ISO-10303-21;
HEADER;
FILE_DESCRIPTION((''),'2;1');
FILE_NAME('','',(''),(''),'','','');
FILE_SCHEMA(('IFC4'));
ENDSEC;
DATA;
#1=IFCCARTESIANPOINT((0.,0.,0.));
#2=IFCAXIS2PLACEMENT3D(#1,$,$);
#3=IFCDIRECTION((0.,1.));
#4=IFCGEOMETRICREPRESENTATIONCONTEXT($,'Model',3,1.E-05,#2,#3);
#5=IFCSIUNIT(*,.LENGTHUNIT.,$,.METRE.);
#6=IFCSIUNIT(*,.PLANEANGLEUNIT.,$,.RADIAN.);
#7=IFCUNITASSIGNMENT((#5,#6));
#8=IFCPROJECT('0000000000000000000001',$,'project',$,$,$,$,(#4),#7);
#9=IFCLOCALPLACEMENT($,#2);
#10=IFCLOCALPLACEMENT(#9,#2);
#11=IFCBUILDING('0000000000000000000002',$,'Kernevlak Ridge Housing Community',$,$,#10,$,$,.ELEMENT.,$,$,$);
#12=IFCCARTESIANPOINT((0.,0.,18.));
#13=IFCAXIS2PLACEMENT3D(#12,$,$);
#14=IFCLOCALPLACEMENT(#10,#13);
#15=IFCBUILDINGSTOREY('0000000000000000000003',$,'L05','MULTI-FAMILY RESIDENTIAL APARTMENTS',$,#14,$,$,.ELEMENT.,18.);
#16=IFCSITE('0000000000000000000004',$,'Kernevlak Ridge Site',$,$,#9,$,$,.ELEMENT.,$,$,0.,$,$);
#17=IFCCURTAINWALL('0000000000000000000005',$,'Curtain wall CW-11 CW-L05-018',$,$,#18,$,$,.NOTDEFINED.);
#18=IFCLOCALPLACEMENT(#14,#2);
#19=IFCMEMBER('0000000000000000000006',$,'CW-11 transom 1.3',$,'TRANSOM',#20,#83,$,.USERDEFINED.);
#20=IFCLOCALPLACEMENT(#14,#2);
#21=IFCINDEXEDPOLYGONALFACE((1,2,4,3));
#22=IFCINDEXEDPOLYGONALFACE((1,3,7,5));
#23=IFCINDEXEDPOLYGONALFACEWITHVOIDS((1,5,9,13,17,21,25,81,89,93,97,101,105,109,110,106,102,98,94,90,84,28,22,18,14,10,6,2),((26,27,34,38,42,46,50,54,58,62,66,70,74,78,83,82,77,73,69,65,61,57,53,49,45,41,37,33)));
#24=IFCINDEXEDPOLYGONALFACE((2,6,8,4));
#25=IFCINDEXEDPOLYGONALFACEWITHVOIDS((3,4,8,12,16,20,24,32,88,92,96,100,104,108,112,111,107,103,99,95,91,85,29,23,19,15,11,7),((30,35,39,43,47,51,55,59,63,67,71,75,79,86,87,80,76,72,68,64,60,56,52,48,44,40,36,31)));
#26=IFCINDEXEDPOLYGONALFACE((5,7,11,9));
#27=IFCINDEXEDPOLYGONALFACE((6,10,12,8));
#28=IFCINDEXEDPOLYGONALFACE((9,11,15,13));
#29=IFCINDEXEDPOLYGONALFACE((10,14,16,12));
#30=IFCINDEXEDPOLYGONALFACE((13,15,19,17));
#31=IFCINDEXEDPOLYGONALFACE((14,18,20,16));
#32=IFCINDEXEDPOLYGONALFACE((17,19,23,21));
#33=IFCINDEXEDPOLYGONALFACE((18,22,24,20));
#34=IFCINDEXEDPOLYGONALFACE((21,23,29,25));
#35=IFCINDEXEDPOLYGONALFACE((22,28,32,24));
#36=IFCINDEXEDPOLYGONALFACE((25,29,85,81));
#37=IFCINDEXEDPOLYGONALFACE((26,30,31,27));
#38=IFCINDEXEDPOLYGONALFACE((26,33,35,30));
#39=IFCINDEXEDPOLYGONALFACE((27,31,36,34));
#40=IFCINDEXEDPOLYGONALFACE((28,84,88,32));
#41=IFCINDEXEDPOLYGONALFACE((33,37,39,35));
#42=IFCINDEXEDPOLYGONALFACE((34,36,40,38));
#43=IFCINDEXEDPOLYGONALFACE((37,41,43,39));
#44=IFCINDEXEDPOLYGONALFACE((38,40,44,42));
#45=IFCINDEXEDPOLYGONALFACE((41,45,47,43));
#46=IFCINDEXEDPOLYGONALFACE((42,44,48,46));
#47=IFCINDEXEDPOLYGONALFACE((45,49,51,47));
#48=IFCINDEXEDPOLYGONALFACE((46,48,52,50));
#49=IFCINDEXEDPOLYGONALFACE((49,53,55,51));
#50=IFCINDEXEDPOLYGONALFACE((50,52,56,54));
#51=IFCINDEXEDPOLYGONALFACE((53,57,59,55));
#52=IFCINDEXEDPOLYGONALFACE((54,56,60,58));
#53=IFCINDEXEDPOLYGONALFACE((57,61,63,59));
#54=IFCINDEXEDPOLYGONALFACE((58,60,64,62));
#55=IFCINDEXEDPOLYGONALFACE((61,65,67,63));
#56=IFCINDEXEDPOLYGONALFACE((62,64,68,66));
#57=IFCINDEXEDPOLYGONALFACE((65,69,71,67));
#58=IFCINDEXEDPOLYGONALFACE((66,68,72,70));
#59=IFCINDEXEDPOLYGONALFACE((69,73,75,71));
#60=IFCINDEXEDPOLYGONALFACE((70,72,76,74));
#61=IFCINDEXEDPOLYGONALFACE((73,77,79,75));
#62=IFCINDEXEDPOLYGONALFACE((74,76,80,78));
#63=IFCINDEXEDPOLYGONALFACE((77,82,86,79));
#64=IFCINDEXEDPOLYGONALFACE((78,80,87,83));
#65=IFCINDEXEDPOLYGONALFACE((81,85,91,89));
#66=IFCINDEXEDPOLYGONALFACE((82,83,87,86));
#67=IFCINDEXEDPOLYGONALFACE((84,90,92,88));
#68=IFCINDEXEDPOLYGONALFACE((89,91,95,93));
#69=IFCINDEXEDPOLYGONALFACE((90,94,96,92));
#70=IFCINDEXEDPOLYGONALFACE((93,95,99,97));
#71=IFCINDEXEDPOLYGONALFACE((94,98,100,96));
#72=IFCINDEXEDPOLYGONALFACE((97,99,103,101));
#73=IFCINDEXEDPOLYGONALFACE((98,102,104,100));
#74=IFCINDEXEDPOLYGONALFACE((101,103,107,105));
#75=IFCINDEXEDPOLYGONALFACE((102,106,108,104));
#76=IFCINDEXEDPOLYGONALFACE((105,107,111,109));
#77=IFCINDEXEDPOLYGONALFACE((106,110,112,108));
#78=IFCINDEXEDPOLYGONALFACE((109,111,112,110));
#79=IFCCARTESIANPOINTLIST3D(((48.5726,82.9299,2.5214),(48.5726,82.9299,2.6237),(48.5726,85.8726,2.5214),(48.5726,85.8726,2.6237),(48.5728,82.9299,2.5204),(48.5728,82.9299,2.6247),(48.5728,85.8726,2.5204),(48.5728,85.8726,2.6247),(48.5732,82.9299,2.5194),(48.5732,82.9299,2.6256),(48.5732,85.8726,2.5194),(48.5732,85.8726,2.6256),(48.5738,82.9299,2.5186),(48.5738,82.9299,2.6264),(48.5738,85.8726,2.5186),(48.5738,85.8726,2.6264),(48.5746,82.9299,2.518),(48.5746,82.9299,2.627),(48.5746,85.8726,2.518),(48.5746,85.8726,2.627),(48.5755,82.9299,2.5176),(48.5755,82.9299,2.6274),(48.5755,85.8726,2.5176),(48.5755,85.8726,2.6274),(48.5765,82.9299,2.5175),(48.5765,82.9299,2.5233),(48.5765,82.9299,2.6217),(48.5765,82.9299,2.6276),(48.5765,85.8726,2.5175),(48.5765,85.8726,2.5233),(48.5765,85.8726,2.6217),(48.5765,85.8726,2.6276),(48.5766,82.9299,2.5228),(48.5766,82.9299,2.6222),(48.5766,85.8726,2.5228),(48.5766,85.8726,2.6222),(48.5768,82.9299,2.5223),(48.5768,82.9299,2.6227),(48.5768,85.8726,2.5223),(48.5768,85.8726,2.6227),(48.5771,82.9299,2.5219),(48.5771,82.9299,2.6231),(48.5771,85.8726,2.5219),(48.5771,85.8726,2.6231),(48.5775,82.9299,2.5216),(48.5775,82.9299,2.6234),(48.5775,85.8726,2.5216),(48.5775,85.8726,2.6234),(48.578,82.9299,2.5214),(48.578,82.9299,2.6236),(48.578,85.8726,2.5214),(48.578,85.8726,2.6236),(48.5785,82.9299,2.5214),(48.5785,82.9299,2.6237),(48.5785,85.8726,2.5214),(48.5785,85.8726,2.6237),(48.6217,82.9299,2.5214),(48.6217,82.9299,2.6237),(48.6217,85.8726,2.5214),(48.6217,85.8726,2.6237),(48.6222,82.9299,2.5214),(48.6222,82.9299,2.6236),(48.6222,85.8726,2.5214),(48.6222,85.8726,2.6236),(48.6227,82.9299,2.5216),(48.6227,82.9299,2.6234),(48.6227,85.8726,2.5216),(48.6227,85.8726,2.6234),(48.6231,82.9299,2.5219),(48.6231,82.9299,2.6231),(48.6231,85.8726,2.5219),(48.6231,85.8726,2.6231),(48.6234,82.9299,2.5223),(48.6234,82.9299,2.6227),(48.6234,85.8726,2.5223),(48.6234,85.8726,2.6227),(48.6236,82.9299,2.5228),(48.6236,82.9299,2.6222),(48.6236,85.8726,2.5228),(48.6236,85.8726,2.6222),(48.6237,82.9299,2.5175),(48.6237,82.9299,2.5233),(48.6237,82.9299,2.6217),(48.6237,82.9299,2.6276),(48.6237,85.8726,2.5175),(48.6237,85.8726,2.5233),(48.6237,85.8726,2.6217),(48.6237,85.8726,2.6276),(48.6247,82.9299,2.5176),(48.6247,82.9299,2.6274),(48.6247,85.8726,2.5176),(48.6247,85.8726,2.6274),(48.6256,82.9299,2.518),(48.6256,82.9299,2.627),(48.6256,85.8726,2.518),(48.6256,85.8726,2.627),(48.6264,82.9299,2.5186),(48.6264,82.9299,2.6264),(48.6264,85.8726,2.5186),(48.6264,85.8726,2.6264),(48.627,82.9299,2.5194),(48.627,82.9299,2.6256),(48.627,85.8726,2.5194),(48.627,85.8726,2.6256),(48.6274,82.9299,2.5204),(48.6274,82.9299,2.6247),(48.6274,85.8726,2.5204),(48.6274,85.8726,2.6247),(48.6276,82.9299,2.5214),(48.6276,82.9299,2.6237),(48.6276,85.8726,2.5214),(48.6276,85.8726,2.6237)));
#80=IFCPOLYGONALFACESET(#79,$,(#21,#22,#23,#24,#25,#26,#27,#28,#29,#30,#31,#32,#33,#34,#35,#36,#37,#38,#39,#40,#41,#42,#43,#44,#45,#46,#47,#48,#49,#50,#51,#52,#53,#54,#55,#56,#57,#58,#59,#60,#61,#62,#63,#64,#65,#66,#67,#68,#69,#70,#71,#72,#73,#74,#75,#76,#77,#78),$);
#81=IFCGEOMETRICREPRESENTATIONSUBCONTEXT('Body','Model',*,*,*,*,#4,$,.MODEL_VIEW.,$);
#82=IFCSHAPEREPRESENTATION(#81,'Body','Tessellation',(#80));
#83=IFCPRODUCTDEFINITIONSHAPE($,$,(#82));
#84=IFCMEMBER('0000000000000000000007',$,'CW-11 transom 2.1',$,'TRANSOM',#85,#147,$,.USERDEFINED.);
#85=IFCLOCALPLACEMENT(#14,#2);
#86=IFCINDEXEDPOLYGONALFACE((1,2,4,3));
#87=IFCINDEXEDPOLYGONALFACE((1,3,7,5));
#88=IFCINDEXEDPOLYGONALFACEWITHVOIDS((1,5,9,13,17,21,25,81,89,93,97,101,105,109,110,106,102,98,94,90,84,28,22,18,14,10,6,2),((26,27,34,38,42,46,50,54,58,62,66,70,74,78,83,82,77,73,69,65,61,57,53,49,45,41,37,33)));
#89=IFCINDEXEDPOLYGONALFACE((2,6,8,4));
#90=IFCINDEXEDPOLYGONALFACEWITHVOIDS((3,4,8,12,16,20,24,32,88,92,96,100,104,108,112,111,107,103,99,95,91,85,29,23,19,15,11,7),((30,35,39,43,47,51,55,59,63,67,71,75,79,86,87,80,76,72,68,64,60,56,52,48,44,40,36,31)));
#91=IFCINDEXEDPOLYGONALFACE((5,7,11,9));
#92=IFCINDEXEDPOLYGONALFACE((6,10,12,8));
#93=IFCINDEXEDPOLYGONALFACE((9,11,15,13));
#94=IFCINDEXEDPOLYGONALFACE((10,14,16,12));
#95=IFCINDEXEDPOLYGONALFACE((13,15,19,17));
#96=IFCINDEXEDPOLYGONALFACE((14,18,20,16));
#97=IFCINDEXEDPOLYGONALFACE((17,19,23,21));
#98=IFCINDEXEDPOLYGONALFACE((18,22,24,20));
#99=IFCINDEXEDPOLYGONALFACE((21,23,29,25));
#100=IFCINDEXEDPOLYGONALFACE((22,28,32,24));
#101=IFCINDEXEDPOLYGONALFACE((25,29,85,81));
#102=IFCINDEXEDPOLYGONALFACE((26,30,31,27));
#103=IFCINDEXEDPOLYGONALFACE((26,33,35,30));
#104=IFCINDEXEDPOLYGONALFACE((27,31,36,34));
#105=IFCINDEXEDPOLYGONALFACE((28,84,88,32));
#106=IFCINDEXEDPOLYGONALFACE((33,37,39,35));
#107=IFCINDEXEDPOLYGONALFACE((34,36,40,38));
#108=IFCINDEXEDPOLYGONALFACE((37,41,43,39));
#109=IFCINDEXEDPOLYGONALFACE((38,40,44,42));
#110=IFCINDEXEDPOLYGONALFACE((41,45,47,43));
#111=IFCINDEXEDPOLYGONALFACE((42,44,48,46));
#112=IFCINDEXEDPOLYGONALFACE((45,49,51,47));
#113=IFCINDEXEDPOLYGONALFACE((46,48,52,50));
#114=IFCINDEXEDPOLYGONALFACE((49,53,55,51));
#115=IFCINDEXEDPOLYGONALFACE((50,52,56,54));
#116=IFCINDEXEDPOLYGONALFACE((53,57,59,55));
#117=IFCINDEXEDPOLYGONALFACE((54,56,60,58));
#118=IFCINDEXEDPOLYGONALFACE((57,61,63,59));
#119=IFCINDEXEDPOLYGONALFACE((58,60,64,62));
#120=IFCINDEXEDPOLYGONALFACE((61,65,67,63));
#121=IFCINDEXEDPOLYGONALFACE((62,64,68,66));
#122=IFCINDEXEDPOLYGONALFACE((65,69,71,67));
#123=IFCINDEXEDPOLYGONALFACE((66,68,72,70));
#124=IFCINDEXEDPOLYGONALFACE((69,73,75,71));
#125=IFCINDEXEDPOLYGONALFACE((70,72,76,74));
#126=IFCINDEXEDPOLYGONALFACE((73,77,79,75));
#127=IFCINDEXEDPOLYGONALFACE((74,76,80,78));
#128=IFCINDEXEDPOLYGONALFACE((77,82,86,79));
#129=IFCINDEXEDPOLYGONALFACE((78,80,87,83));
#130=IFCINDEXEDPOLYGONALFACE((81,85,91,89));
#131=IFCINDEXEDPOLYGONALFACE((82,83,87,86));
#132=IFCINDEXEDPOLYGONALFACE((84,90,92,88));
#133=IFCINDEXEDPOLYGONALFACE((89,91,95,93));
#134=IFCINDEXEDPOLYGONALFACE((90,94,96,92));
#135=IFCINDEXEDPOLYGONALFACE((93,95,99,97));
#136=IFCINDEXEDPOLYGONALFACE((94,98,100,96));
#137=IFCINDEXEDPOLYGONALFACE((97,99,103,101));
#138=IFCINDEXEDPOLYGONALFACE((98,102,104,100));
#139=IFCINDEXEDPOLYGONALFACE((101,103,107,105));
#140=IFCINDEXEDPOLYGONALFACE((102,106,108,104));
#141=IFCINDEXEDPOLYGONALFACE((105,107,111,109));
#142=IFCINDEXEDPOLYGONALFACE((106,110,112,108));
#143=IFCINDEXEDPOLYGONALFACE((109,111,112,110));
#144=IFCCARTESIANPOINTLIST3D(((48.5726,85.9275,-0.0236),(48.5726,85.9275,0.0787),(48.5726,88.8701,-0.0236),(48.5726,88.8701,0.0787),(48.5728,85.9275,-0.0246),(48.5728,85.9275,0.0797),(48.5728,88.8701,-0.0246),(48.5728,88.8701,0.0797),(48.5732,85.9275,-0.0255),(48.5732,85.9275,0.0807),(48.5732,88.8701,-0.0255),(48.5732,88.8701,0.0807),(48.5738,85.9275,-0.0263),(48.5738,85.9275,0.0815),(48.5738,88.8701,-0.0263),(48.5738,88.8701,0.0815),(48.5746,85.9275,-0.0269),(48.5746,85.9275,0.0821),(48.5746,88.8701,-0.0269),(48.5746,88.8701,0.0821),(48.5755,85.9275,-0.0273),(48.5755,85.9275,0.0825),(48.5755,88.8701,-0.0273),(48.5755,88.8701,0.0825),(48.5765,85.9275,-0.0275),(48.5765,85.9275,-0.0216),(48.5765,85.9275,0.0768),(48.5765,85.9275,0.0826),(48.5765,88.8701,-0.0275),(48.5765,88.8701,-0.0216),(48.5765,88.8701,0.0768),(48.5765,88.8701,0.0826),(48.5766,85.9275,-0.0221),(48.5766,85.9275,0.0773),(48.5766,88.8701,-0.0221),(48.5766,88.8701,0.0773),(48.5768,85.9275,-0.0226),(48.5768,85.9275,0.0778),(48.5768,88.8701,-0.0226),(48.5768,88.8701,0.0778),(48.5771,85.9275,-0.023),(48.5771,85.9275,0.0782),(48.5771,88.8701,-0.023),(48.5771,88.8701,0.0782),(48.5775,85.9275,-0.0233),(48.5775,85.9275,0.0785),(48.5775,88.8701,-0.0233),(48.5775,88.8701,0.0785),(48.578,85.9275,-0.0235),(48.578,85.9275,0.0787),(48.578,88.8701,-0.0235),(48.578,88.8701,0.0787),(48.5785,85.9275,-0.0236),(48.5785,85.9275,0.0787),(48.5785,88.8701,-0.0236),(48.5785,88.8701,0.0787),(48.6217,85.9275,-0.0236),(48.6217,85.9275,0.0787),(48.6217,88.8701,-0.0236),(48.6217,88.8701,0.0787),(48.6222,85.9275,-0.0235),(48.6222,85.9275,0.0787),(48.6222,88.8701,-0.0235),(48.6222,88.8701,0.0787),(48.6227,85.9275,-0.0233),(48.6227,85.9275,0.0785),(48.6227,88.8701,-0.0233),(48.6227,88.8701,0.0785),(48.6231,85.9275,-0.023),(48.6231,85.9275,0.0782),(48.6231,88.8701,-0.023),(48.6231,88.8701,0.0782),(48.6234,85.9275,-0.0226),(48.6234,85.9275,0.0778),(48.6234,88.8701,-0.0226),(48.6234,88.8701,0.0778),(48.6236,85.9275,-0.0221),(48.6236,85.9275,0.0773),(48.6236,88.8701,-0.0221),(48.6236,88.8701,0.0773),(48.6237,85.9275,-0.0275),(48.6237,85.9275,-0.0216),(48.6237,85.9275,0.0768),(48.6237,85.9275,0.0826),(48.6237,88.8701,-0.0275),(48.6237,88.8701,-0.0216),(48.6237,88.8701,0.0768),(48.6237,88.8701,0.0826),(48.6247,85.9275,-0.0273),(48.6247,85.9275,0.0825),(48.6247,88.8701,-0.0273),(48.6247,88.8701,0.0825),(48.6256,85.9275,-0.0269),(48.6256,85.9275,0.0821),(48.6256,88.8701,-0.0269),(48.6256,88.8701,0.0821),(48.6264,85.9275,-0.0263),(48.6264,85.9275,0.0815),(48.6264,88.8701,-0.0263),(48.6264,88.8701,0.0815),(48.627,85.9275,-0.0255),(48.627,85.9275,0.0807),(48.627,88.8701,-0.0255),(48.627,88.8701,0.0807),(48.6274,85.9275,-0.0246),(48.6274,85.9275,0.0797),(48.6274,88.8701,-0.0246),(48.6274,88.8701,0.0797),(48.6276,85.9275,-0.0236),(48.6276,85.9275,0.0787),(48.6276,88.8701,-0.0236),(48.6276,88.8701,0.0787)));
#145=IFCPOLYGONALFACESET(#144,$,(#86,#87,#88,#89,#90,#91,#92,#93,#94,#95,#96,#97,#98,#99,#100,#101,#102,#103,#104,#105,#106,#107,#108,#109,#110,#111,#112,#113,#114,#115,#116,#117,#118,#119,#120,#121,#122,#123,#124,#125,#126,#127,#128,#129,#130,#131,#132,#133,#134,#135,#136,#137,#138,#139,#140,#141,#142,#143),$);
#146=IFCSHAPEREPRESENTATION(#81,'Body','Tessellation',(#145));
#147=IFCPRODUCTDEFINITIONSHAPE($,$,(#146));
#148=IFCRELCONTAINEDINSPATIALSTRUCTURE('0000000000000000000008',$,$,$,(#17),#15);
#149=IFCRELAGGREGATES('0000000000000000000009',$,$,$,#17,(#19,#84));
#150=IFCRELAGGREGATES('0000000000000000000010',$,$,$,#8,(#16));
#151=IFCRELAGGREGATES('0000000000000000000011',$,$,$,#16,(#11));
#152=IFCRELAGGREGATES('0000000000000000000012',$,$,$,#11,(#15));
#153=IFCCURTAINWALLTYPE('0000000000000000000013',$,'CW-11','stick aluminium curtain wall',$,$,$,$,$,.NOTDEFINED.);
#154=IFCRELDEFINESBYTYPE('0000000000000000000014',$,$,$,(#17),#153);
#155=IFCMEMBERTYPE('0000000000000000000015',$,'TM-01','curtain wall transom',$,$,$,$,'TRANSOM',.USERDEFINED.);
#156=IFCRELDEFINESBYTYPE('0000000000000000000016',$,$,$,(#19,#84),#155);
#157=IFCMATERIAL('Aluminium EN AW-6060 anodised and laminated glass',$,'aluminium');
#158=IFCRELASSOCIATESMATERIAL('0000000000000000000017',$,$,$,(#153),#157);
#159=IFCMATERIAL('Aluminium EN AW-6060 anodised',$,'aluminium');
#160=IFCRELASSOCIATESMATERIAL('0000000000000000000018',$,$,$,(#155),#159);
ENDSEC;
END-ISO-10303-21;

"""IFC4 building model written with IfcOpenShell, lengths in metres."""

from ifc_helpers import new_model, si_unit, direction, frame, origin, origin_2d, place, context, subcontext, project, spatial, hollow_rectangle, extrude, material, material_profile, profile_set, type_object, element, aggregate, save


model = new_model("IFC4")

# Units and contexts
model_context = context("Model", 3, precision=1e-05, world=origin(), true_north=direction((0.0, 1.0)))
body_context = subcontext(model_context, "Body", "Model", "MODEL_VIEW")
ifc_project = project(units=[si_unit("LENGTHUNIT", "METRE"), si_unit("PLANEANGLEUNIT", "RADIAN")], contexts=[model_context])

# Site, building, storey
site_placement = place(None, origin())
site = spatial("IfcSite", under=ifc_project, at=site_placement, Name="Kernevlak Ridge Site", CompositionType="ELEMENT", RefElevation=0.0)
building_placement = place(site_placement, origin())
building = spatial("IfcBuilding", under=site, at=building_placement, Name="Kernevlak Ridge Housing Community", CompositionType="ELEMENT")
storey_placement = place(building_placement, frame((0.0, 0.0, 18.0)))
storey = spatial("IfcBuildingStorey", under=building, at=storey_placement, Name="L05", Description="MULTI-FAMILY RESIDENTIAL APARTMENTS", CompositionType="ELEMENT", Elevation=18.0)

# Curtain wall, members
ifc_material_1 = material(Name="Aluminium EN AW-6060 anodised and laminated glass", Category="aluminium")
curtain_wall_type = type_object("IfcCurtainWallType", Name="CW-11", Description="stick aluminium curtain wall", PredefinedType="NOTDEFINED", material=ifc_material_1)
curtain_wall_placement = place(storey_placement, origin())
curtain_wall = element("IfcCurtainWall", 1, at=curtain_wall_placement, inside=storey, type_object=curtain_wall_type, Name="Curtain wall CW-11 CW-L05-018", PredefinedType="NOTDEFINED")
ifc_material_2 = material(Name="Aluminium EN AW-6060 anodised", Category="aluminium")
ifc_material_profile_1 = material_profile(ifc_material_2, hollow_rectangle(XDim=0.0549, YDim=0.1101, WallThickness=0.0039, InnerFilletRadius=0.002, OuterFilletRadius=0.0039, at=origin_2d()), Name="ALU 55x110x4")
ifc_profile_set_1 = profile_set([ifc_material_profile_1], Name="Aluminium EN AW-6060 anodised")
member_type = type_object("IfcMemberType", Name="TM-01", Description="curtain wall transom", ElementType="TRANSOM", PredefinedType="USERDEFINED", material=ifc_profile_set_1)
member_1_placement = place(storey_placement, frame((48.6001, 82.9299, 2.5725), z_axis=(0.0, 1.0, 0.0), x_axis=(-1.0, 0.0, 0.0)))
member_1 = element("IfcMember", 2, at=member_1_placement, type_object=member_type, Name="CW-11 transom 1.3", ObjectType="TRANSOM", PredefinedType="USERDEFINED", context=body_context, shape_type="SweptSolid", body=[
    extrude(hollow_rectangle(XDim=0.0549, YDim=0.1101, WallThickness=0.0039, InnerFilletRadius=0.002, OuterFilletRadius=0.0039, at=origin_2d()), origin(), (0.0, 0.0, 1.0), 2.9426),
])
member_2_placement = place(storey_placement, frame((48.6001, 85.9275, 0.0276), z_axis=(0.0, 1.0, 0.0), x_axis=(-1.0, 0.0, 0.0)))
member_2 = element("IfcMember", 3, at=member_2_placement, type_object=member_type, Name="CW-11 transom 2.1", ObjectType="TRANSOM", PredefinedType="USERDEFINED", context=body_context, shape_type="SweptSolid", body=[
    extrude(hollow_rectangle(XDim=0.0549, YDim=0.1101, WallThickness=0.0039, InnerFilletRadius=0.002, OuterFilletRadius=0.0039, at=origin_2d()), origin(), (0.0, 0.0, 1.0), 2.9426),
])
aggregate(curtain_wall, [member_1, member_2])

save(model, "model.ifc")
